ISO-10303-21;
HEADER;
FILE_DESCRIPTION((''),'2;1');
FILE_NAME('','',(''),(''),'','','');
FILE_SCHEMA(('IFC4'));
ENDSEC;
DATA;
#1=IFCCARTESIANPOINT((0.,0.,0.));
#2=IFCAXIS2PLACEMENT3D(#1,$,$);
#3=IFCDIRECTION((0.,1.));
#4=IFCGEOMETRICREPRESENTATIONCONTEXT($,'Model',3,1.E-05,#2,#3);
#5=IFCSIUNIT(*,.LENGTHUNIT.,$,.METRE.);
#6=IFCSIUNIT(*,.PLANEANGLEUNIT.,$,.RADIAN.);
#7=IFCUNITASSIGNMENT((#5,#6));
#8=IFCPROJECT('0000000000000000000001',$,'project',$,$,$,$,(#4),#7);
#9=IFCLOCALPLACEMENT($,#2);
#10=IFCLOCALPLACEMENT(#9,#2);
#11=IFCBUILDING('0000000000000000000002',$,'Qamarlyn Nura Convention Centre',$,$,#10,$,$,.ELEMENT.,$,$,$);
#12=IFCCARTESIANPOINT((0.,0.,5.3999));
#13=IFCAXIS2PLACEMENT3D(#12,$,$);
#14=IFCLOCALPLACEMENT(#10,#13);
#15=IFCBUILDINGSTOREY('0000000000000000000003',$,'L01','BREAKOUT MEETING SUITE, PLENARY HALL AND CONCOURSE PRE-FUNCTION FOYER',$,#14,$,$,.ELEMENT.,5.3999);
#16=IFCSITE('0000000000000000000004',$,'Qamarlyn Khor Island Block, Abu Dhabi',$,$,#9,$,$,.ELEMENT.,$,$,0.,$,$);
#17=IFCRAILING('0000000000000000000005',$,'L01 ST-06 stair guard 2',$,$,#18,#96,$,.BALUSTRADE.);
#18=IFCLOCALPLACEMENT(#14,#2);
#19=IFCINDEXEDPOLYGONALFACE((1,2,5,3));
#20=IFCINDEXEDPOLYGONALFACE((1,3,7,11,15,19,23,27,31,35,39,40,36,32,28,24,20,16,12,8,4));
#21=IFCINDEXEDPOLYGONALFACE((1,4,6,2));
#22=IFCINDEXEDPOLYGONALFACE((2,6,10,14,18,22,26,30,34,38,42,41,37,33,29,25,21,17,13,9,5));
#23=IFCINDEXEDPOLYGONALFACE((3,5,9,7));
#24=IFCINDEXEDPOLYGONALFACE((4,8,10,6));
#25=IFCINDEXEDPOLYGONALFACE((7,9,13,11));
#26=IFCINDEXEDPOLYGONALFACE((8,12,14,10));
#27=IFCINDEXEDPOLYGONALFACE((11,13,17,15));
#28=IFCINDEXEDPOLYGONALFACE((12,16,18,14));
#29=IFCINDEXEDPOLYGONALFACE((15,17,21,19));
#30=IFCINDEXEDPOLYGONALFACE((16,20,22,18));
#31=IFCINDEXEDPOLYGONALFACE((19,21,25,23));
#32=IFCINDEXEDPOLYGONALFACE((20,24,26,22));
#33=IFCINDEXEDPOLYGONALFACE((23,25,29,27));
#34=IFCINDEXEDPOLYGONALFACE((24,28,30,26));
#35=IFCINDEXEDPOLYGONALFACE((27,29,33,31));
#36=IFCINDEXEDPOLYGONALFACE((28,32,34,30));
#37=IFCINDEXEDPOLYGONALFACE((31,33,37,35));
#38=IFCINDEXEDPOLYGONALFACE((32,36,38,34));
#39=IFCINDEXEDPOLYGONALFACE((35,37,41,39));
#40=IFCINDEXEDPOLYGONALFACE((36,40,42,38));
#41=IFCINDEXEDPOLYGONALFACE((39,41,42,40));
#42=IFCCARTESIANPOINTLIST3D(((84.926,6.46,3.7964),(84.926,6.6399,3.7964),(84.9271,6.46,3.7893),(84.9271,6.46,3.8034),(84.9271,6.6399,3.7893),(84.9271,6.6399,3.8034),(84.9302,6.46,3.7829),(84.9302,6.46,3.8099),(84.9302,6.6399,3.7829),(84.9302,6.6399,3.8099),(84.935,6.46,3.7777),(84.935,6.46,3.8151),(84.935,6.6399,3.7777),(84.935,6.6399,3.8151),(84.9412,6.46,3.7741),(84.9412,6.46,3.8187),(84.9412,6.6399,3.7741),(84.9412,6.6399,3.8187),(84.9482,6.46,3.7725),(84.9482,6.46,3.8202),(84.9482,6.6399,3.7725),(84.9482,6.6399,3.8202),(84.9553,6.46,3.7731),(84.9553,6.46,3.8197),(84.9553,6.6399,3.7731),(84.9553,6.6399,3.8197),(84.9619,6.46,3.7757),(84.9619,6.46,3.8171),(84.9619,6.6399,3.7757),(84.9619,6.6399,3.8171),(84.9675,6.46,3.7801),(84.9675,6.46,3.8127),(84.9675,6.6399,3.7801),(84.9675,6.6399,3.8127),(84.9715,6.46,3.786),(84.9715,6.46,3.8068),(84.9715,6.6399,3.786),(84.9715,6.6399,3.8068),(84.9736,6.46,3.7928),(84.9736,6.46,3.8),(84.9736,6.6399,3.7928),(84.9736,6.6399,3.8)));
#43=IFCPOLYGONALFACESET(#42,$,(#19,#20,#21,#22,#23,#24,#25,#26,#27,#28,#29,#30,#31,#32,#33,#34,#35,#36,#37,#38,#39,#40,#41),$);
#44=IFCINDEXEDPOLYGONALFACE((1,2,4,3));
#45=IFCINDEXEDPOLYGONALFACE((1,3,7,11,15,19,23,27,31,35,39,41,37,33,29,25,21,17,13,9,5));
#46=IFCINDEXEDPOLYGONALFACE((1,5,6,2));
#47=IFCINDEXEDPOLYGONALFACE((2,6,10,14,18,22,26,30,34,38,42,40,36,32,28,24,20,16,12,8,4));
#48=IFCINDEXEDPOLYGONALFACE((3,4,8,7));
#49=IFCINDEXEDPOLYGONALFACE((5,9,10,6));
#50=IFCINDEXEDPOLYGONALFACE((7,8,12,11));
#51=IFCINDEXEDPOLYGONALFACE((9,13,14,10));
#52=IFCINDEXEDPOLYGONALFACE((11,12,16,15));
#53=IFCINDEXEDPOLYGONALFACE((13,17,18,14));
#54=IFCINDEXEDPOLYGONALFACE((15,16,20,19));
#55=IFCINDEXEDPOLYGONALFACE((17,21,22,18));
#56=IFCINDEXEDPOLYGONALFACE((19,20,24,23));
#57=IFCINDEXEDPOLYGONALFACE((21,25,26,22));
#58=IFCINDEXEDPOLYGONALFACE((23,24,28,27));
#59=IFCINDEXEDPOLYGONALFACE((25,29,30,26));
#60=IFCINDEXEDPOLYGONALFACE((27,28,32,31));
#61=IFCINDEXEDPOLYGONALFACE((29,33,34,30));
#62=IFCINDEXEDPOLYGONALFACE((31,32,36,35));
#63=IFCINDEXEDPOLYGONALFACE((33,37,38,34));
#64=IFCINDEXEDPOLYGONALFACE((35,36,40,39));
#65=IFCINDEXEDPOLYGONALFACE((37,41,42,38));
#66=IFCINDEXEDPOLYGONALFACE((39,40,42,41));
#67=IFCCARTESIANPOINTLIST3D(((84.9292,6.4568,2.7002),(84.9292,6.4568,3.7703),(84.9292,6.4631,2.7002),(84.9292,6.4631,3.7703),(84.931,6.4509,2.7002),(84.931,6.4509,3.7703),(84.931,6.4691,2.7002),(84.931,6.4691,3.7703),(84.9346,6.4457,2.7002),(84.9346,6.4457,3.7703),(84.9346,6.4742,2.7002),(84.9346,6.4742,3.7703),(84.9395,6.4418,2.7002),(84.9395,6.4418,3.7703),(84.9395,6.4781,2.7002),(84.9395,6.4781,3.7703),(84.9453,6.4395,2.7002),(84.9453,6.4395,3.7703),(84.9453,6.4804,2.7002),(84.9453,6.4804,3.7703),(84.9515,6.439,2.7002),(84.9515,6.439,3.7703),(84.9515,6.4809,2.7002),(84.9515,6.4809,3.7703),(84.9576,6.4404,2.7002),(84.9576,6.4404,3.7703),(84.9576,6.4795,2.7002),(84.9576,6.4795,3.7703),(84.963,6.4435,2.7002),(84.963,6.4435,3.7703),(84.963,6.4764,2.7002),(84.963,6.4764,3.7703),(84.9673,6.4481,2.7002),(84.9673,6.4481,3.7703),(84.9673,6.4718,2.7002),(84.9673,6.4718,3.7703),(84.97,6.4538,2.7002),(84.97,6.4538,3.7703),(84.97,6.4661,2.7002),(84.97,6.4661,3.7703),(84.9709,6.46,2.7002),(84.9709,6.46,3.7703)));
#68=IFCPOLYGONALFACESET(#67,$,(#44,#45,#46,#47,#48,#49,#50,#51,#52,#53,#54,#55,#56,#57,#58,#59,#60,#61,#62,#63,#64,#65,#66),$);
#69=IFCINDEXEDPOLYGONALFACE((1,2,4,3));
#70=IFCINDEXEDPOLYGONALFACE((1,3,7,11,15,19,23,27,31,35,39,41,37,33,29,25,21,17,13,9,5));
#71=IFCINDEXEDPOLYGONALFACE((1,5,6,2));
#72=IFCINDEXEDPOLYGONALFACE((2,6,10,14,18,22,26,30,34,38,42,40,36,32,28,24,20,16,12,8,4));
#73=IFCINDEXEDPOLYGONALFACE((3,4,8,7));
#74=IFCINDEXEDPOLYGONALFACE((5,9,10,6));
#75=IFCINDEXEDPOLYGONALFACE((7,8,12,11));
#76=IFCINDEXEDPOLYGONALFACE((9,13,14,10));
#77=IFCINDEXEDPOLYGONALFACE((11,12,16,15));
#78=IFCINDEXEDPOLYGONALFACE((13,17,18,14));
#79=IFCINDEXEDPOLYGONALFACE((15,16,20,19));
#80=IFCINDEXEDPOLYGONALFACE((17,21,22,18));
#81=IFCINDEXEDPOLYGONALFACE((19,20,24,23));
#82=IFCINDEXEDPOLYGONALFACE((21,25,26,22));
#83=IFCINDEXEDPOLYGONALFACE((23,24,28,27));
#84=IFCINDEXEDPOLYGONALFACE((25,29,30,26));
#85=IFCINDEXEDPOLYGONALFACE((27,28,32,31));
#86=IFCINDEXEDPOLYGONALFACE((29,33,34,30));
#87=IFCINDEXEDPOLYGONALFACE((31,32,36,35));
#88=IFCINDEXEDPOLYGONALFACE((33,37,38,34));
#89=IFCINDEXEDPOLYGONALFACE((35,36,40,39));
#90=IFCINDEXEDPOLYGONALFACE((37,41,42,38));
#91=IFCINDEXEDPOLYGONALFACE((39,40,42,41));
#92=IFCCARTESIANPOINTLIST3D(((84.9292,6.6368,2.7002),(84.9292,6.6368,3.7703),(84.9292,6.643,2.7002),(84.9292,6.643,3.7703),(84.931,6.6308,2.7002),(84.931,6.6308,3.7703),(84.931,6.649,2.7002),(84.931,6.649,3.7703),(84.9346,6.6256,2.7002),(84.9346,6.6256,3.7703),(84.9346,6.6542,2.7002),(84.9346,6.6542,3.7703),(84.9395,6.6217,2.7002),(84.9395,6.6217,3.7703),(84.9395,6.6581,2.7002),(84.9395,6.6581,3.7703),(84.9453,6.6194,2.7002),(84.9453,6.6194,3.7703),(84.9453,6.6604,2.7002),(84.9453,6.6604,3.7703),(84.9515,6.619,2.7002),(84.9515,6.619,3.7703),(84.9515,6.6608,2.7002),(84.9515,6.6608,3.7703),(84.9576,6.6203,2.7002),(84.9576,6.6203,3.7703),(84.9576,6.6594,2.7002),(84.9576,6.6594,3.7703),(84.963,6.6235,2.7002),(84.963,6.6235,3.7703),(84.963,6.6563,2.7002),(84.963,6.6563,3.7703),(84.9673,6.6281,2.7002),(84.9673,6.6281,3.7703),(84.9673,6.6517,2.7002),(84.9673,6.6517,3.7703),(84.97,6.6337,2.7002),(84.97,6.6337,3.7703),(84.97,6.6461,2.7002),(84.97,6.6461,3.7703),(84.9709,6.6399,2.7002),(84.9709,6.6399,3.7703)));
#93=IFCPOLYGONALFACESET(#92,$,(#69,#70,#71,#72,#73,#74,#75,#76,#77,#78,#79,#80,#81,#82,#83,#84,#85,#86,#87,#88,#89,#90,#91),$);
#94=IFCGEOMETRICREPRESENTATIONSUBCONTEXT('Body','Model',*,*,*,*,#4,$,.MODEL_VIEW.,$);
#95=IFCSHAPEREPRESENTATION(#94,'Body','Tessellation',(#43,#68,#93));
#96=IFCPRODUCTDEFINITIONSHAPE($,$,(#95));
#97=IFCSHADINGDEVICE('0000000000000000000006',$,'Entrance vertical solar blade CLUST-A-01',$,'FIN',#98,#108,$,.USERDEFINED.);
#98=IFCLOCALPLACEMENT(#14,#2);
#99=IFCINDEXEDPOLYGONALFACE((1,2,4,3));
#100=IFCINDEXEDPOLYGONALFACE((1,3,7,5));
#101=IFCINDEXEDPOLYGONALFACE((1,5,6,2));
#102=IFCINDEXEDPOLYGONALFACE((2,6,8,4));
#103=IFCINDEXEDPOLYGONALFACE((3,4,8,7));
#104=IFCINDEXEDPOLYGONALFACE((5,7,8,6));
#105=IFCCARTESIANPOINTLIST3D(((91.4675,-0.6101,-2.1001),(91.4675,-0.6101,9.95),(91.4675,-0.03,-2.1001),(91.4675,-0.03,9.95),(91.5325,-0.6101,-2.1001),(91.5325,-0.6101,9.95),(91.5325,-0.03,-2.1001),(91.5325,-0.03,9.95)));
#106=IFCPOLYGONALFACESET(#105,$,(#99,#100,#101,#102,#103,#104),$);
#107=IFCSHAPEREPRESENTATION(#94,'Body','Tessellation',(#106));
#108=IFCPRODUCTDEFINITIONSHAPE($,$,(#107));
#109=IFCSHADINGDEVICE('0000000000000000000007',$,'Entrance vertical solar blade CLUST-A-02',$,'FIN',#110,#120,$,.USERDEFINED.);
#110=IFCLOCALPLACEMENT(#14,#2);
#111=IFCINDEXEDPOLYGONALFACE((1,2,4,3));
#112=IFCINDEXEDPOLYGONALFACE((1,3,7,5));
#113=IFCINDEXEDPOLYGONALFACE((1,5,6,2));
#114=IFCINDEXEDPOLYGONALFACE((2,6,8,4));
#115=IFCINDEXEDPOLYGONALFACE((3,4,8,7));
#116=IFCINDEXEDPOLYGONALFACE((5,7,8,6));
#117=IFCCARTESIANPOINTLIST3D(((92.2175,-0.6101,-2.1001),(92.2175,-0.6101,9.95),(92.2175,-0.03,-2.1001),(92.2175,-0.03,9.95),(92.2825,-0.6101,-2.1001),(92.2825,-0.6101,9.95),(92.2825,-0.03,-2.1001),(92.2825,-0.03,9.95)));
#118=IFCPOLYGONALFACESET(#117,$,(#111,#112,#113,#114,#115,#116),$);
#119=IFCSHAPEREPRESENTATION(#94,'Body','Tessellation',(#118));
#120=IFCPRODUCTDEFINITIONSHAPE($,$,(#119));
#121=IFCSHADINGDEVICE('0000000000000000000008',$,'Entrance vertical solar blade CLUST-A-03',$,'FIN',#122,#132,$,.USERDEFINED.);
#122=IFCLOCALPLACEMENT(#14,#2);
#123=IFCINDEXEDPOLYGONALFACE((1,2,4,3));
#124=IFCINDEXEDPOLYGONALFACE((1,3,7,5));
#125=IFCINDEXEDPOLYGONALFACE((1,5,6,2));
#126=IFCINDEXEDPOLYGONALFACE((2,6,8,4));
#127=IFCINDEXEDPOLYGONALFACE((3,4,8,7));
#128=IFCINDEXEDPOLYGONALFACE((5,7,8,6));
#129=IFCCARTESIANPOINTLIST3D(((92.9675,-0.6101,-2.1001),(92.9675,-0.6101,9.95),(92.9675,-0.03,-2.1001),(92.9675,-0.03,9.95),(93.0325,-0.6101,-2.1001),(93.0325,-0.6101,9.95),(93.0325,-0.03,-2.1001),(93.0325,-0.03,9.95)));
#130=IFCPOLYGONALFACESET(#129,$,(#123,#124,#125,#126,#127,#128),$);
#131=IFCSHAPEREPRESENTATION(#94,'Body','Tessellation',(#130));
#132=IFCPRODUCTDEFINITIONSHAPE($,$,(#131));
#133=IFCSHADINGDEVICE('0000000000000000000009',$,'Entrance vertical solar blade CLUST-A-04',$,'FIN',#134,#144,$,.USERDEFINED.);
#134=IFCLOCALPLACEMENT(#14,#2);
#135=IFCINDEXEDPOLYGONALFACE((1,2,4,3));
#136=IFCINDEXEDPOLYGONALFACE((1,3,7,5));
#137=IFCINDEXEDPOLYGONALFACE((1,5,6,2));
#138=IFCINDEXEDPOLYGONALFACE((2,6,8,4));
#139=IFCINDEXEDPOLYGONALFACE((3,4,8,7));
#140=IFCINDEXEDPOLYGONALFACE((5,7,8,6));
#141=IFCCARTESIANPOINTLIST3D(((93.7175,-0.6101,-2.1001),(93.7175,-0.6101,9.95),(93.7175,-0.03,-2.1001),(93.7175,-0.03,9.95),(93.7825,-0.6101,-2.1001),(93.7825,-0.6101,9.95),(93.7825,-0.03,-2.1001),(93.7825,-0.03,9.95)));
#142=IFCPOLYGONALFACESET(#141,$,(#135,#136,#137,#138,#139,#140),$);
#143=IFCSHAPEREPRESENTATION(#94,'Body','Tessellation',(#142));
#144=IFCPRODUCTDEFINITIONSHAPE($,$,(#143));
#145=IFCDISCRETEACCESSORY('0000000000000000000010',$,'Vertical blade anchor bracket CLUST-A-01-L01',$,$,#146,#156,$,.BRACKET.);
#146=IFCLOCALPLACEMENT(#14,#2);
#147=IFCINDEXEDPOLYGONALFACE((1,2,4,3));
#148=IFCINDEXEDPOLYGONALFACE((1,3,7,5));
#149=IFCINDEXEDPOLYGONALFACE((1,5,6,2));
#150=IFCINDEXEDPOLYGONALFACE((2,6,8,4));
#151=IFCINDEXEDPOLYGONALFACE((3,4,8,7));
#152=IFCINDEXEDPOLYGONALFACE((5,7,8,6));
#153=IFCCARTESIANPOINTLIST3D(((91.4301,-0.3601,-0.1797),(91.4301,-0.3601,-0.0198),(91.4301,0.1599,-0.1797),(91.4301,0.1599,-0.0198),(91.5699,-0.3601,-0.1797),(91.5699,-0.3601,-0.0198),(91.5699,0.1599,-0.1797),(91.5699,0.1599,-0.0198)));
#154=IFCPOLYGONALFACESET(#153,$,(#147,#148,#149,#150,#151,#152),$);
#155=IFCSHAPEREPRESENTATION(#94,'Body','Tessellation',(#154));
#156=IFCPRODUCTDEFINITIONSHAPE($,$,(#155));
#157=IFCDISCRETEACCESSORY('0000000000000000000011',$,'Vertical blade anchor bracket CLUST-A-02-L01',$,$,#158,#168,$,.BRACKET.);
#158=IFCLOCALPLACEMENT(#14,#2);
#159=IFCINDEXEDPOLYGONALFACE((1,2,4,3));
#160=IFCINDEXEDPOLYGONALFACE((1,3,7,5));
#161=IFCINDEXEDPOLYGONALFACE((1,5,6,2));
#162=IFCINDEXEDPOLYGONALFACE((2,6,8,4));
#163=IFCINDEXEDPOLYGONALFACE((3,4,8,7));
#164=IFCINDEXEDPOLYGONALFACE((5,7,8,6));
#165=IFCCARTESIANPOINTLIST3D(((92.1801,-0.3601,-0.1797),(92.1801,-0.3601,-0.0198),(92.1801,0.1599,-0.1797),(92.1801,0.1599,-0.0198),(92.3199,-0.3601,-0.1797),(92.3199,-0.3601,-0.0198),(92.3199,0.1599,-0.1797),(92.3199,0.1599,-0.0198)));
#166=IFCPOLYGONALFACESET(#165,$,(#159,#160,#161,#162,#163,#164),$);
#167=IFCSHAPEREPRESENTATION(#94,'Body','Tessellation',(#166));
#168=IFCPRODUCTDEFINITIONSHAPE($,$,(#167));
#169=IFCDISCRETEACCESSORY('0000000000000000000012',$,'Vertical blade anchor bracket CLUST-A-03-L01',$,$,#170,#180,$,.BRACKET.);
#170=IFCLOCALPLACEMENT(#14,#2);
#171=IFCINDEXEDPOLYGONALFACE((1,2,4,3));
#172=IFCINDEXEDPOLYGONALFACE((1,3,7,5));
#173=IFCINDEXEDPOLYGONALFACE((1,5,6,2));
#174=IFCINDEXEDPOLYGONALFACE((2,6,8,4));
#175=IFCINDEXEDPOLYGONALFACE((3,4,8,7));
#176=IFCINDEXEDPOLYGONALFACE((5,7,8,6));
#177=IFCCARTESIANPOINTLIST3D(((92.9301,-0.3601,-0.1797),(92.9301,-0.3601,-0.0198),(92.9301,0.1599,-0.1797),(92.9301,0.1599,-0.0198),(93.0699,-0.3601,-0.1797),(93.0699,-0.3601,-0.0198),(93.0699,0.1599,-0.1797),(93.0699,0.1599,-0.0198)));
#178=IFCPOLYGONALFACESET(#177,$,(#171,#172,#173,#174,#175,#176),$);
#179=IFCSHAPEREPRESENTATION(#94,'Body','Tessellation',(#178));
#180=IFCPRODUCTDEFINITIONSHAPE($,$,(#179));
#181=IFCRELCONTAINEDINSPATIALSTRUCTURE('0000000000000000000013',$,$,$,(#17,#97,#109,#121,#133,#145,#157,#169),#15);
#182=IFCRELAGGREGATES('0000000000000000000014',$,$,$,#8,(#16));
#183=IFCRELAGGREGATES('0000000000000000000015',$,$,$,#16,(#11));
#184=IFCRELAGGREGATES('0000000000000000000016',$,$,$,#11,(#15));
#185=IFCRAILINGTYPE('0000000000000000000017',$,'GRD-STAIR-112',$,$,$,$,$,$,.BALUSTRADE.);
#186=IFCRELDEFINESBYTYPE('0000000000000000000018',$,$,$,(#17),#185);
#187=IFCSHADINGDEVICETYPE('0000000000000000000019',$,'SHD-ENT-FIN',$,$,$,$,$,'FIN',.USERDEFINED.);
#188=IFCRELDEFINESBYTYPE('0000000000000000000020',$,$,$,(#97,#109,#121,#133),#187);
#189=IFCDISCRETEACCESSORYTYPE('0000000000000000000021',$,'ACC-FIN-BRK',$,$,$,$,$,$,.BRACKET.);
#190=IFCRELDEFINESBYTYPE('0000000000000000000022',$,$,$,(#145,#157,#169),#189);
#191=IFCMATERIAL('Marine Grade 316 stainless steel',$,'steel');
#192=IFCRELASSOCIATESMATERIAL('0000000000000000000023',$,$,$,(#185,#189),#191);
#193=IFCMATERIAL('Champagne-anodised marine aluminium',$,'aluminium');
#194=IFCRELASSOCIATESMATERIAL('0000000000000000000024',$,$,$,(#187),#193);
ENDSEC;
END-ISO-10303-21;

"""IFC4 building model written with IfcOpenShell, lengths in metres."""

from ifc_helpers import new_model, si_unit, direction, frame, origin, origin_2d, place, context, subcontext, project, spatial, rectangle, circle, extrude, material, type_object, element, save


model = new_model("IFC4")

# Units and contexts
model_context = context("Model", 3, precision=1e-05, world=origin(), true_north=direction((0.0, 1.0)))
body_context = subcontext(model_context, "Body", "Model", "MODEL_VIEW")
ifc_project = project(units=[si_unit("LENGTHUNIT", "METRE"), si_unit("PLANEANGLEUNIT", "RADIAN")], contexts=[model_context])

# Site, building, storey
site_placement = place(None, origin())
site = spatial("IfcSite", under=ifc_project, at=site_placement, Name="Qamarlyn Khor Island Block, Abu Dhabi", CompositionType="ELEMENT", RefElevation=0.0)
building_placement = place(site_placement, origin())
building = spatial("IfcBuilding", under=site, at=building_placement, Name="Qamarlyn Nura Convention Centre", CompositionType="ELEMENT")
storey_placement = place(building_placement, frame((0.0, 0.0, 5.3999)))
storey = spatial("IfcBuildingStorey", under=building, at=storey_placement, Name="L01", Description="BREAKOUT MEETING SUITE, PLENARY HALL AND CONCOURSE PRE-FUNCTION FOYER", CompositionType="ELEMENT", Elevation=5.3999)

# Shared definitions
ifc_material_1 = material(Name="Champagne-anodised marine aluminium", Category="aluminium")

# Railing
ifc_material_2 = material(Name="Marine Grade 316 stainless steel", Category="steel")
railing_type = type_object("IfcRailingType", Name="GRD-STAIR-112", PredefinedType="BALUSTRADE", material=ifc_material_2)
railing_placement = place(storey_placement, frame((84.95, 6.46, 2.7002)))
element("IfcRailing", 1, at=railing_placement, inside=storey, type_object=railing_type, Name="L01 ST-06 stair guard 2", PredefinedType="BALUSTRADE", context=body_context, shape_type="SweptSolid", body=[
    extrude(circle(Radius=0.0239, at=origin_2d()), frame((0.0, 0.0, 1.0962), z_axis=(0.0, 1.0, 0.0), x_axis=(-1.0, 0.0, 0.0)), (0.0, 0.0, 1.0), 0.1799),
    extrude(circle(Radius=0.021, at=origin_2d()), origin(), (0.0, 0.0, 1.0), 1.0701),
    extrude(circle(Radius=0.021, at=origin_2d()), frame((0.0, 0.1799, 0.0)), (0.0, 0.0, 1.0), 1.0701),
])

# Shading devices
shading_device_type = type_object("IfcShadingDeviceType", Name="SHD-ENT-FIN", ElementType="FIN", PredefinedType="USERDEFINED", material=ifc_material_1)
for number, where, z_axis, x_axis, name in (
    (2, (91.5, -0.3201, -2.1001), (0.0, 0.0, 1.0), (0.0, -1.0, 0.0), "Entrance vertical solar blade CLUST-A-01"),
    (3, (92.25, -0.3201, -2.1001), (0.0, 0.0, 1.0), (0.0, -1.0, 0.0), "Entrance vertical solar blade CLUST-A-02"),
    (4, (93.0, -0.3201, -2.1001), (0.0, 0.0, 1.0), (0.0, -1.0, 0.0), "Entrance vertical solar blade CLUST-A-03"),
    (5, (93.75, -0.3201, -2.1001), (0.0, 0.0, 1.0), (0.0, -1.0, 0.0), "Entrance vertical solar blade CLUST-A-04"),
):
    element("IfcShadingDevice", number, at=place(storey_placement, frame(where, z_axis=z_axis, x_axis=x_axis)), inside=storey, type_object=shading_device_type, Name=name, ObjectType="FIN", PredefinedType="USERDEFINED", context=body_context, shape_type="SweptSolid", body=[
        extrude(rectangle(XDim=0.5801, YDim=0.0649, at=origin_2d()), origin(), (0.0, 0.0, 1.0), 12.05),
    ])

# Discrete accessories
discrete_accessory_type = type_object("IfcDiscreteAccessoryType", Name="ACC-FIN-BRK", PredefinedType="BRACKET", material=ifc_material_2)
for number, where, z_axis, x_axis, name in (
    (6, (91.5, -0.1001, -0.1797), (0.0, 0.0, 1.0), (0.0, -1.0, 0.0), "Vertical blade anchor bracket CLUST-A-01-L01"),
    (7, (92.25, -0.1001, -0.1797), (0.0, 0.0, 1.0), (0.0, -1.0, 0.0), "Vertical blade anchor bracket CLUST-A-02-L01"),
    (8, (93.0, -0.1001, -0.1797), (0.0, 0.0, 1.0), (0.0, -1.0, 0.0), "Vertical blade anchor bracket CLUST-A-03-L01"),
):
    element("IfcDiscreteAccessory", number, at=place(storey_placement, frame(where, z_axis=z_axis, x_axis=x_axis)), inside=storey, type_object=discrete_accessory_type, Name=name, PredefinedType="BRACKET", context=body_context, shape_type="SweptSolid", body=[
        extrude(rectangle(XDim=0.52, YDim=0.1399, at=origin_2d()), origin(), (0.0, 0.0, 1.0), 0.1599),
    ])

save(model, "model.ifc")
